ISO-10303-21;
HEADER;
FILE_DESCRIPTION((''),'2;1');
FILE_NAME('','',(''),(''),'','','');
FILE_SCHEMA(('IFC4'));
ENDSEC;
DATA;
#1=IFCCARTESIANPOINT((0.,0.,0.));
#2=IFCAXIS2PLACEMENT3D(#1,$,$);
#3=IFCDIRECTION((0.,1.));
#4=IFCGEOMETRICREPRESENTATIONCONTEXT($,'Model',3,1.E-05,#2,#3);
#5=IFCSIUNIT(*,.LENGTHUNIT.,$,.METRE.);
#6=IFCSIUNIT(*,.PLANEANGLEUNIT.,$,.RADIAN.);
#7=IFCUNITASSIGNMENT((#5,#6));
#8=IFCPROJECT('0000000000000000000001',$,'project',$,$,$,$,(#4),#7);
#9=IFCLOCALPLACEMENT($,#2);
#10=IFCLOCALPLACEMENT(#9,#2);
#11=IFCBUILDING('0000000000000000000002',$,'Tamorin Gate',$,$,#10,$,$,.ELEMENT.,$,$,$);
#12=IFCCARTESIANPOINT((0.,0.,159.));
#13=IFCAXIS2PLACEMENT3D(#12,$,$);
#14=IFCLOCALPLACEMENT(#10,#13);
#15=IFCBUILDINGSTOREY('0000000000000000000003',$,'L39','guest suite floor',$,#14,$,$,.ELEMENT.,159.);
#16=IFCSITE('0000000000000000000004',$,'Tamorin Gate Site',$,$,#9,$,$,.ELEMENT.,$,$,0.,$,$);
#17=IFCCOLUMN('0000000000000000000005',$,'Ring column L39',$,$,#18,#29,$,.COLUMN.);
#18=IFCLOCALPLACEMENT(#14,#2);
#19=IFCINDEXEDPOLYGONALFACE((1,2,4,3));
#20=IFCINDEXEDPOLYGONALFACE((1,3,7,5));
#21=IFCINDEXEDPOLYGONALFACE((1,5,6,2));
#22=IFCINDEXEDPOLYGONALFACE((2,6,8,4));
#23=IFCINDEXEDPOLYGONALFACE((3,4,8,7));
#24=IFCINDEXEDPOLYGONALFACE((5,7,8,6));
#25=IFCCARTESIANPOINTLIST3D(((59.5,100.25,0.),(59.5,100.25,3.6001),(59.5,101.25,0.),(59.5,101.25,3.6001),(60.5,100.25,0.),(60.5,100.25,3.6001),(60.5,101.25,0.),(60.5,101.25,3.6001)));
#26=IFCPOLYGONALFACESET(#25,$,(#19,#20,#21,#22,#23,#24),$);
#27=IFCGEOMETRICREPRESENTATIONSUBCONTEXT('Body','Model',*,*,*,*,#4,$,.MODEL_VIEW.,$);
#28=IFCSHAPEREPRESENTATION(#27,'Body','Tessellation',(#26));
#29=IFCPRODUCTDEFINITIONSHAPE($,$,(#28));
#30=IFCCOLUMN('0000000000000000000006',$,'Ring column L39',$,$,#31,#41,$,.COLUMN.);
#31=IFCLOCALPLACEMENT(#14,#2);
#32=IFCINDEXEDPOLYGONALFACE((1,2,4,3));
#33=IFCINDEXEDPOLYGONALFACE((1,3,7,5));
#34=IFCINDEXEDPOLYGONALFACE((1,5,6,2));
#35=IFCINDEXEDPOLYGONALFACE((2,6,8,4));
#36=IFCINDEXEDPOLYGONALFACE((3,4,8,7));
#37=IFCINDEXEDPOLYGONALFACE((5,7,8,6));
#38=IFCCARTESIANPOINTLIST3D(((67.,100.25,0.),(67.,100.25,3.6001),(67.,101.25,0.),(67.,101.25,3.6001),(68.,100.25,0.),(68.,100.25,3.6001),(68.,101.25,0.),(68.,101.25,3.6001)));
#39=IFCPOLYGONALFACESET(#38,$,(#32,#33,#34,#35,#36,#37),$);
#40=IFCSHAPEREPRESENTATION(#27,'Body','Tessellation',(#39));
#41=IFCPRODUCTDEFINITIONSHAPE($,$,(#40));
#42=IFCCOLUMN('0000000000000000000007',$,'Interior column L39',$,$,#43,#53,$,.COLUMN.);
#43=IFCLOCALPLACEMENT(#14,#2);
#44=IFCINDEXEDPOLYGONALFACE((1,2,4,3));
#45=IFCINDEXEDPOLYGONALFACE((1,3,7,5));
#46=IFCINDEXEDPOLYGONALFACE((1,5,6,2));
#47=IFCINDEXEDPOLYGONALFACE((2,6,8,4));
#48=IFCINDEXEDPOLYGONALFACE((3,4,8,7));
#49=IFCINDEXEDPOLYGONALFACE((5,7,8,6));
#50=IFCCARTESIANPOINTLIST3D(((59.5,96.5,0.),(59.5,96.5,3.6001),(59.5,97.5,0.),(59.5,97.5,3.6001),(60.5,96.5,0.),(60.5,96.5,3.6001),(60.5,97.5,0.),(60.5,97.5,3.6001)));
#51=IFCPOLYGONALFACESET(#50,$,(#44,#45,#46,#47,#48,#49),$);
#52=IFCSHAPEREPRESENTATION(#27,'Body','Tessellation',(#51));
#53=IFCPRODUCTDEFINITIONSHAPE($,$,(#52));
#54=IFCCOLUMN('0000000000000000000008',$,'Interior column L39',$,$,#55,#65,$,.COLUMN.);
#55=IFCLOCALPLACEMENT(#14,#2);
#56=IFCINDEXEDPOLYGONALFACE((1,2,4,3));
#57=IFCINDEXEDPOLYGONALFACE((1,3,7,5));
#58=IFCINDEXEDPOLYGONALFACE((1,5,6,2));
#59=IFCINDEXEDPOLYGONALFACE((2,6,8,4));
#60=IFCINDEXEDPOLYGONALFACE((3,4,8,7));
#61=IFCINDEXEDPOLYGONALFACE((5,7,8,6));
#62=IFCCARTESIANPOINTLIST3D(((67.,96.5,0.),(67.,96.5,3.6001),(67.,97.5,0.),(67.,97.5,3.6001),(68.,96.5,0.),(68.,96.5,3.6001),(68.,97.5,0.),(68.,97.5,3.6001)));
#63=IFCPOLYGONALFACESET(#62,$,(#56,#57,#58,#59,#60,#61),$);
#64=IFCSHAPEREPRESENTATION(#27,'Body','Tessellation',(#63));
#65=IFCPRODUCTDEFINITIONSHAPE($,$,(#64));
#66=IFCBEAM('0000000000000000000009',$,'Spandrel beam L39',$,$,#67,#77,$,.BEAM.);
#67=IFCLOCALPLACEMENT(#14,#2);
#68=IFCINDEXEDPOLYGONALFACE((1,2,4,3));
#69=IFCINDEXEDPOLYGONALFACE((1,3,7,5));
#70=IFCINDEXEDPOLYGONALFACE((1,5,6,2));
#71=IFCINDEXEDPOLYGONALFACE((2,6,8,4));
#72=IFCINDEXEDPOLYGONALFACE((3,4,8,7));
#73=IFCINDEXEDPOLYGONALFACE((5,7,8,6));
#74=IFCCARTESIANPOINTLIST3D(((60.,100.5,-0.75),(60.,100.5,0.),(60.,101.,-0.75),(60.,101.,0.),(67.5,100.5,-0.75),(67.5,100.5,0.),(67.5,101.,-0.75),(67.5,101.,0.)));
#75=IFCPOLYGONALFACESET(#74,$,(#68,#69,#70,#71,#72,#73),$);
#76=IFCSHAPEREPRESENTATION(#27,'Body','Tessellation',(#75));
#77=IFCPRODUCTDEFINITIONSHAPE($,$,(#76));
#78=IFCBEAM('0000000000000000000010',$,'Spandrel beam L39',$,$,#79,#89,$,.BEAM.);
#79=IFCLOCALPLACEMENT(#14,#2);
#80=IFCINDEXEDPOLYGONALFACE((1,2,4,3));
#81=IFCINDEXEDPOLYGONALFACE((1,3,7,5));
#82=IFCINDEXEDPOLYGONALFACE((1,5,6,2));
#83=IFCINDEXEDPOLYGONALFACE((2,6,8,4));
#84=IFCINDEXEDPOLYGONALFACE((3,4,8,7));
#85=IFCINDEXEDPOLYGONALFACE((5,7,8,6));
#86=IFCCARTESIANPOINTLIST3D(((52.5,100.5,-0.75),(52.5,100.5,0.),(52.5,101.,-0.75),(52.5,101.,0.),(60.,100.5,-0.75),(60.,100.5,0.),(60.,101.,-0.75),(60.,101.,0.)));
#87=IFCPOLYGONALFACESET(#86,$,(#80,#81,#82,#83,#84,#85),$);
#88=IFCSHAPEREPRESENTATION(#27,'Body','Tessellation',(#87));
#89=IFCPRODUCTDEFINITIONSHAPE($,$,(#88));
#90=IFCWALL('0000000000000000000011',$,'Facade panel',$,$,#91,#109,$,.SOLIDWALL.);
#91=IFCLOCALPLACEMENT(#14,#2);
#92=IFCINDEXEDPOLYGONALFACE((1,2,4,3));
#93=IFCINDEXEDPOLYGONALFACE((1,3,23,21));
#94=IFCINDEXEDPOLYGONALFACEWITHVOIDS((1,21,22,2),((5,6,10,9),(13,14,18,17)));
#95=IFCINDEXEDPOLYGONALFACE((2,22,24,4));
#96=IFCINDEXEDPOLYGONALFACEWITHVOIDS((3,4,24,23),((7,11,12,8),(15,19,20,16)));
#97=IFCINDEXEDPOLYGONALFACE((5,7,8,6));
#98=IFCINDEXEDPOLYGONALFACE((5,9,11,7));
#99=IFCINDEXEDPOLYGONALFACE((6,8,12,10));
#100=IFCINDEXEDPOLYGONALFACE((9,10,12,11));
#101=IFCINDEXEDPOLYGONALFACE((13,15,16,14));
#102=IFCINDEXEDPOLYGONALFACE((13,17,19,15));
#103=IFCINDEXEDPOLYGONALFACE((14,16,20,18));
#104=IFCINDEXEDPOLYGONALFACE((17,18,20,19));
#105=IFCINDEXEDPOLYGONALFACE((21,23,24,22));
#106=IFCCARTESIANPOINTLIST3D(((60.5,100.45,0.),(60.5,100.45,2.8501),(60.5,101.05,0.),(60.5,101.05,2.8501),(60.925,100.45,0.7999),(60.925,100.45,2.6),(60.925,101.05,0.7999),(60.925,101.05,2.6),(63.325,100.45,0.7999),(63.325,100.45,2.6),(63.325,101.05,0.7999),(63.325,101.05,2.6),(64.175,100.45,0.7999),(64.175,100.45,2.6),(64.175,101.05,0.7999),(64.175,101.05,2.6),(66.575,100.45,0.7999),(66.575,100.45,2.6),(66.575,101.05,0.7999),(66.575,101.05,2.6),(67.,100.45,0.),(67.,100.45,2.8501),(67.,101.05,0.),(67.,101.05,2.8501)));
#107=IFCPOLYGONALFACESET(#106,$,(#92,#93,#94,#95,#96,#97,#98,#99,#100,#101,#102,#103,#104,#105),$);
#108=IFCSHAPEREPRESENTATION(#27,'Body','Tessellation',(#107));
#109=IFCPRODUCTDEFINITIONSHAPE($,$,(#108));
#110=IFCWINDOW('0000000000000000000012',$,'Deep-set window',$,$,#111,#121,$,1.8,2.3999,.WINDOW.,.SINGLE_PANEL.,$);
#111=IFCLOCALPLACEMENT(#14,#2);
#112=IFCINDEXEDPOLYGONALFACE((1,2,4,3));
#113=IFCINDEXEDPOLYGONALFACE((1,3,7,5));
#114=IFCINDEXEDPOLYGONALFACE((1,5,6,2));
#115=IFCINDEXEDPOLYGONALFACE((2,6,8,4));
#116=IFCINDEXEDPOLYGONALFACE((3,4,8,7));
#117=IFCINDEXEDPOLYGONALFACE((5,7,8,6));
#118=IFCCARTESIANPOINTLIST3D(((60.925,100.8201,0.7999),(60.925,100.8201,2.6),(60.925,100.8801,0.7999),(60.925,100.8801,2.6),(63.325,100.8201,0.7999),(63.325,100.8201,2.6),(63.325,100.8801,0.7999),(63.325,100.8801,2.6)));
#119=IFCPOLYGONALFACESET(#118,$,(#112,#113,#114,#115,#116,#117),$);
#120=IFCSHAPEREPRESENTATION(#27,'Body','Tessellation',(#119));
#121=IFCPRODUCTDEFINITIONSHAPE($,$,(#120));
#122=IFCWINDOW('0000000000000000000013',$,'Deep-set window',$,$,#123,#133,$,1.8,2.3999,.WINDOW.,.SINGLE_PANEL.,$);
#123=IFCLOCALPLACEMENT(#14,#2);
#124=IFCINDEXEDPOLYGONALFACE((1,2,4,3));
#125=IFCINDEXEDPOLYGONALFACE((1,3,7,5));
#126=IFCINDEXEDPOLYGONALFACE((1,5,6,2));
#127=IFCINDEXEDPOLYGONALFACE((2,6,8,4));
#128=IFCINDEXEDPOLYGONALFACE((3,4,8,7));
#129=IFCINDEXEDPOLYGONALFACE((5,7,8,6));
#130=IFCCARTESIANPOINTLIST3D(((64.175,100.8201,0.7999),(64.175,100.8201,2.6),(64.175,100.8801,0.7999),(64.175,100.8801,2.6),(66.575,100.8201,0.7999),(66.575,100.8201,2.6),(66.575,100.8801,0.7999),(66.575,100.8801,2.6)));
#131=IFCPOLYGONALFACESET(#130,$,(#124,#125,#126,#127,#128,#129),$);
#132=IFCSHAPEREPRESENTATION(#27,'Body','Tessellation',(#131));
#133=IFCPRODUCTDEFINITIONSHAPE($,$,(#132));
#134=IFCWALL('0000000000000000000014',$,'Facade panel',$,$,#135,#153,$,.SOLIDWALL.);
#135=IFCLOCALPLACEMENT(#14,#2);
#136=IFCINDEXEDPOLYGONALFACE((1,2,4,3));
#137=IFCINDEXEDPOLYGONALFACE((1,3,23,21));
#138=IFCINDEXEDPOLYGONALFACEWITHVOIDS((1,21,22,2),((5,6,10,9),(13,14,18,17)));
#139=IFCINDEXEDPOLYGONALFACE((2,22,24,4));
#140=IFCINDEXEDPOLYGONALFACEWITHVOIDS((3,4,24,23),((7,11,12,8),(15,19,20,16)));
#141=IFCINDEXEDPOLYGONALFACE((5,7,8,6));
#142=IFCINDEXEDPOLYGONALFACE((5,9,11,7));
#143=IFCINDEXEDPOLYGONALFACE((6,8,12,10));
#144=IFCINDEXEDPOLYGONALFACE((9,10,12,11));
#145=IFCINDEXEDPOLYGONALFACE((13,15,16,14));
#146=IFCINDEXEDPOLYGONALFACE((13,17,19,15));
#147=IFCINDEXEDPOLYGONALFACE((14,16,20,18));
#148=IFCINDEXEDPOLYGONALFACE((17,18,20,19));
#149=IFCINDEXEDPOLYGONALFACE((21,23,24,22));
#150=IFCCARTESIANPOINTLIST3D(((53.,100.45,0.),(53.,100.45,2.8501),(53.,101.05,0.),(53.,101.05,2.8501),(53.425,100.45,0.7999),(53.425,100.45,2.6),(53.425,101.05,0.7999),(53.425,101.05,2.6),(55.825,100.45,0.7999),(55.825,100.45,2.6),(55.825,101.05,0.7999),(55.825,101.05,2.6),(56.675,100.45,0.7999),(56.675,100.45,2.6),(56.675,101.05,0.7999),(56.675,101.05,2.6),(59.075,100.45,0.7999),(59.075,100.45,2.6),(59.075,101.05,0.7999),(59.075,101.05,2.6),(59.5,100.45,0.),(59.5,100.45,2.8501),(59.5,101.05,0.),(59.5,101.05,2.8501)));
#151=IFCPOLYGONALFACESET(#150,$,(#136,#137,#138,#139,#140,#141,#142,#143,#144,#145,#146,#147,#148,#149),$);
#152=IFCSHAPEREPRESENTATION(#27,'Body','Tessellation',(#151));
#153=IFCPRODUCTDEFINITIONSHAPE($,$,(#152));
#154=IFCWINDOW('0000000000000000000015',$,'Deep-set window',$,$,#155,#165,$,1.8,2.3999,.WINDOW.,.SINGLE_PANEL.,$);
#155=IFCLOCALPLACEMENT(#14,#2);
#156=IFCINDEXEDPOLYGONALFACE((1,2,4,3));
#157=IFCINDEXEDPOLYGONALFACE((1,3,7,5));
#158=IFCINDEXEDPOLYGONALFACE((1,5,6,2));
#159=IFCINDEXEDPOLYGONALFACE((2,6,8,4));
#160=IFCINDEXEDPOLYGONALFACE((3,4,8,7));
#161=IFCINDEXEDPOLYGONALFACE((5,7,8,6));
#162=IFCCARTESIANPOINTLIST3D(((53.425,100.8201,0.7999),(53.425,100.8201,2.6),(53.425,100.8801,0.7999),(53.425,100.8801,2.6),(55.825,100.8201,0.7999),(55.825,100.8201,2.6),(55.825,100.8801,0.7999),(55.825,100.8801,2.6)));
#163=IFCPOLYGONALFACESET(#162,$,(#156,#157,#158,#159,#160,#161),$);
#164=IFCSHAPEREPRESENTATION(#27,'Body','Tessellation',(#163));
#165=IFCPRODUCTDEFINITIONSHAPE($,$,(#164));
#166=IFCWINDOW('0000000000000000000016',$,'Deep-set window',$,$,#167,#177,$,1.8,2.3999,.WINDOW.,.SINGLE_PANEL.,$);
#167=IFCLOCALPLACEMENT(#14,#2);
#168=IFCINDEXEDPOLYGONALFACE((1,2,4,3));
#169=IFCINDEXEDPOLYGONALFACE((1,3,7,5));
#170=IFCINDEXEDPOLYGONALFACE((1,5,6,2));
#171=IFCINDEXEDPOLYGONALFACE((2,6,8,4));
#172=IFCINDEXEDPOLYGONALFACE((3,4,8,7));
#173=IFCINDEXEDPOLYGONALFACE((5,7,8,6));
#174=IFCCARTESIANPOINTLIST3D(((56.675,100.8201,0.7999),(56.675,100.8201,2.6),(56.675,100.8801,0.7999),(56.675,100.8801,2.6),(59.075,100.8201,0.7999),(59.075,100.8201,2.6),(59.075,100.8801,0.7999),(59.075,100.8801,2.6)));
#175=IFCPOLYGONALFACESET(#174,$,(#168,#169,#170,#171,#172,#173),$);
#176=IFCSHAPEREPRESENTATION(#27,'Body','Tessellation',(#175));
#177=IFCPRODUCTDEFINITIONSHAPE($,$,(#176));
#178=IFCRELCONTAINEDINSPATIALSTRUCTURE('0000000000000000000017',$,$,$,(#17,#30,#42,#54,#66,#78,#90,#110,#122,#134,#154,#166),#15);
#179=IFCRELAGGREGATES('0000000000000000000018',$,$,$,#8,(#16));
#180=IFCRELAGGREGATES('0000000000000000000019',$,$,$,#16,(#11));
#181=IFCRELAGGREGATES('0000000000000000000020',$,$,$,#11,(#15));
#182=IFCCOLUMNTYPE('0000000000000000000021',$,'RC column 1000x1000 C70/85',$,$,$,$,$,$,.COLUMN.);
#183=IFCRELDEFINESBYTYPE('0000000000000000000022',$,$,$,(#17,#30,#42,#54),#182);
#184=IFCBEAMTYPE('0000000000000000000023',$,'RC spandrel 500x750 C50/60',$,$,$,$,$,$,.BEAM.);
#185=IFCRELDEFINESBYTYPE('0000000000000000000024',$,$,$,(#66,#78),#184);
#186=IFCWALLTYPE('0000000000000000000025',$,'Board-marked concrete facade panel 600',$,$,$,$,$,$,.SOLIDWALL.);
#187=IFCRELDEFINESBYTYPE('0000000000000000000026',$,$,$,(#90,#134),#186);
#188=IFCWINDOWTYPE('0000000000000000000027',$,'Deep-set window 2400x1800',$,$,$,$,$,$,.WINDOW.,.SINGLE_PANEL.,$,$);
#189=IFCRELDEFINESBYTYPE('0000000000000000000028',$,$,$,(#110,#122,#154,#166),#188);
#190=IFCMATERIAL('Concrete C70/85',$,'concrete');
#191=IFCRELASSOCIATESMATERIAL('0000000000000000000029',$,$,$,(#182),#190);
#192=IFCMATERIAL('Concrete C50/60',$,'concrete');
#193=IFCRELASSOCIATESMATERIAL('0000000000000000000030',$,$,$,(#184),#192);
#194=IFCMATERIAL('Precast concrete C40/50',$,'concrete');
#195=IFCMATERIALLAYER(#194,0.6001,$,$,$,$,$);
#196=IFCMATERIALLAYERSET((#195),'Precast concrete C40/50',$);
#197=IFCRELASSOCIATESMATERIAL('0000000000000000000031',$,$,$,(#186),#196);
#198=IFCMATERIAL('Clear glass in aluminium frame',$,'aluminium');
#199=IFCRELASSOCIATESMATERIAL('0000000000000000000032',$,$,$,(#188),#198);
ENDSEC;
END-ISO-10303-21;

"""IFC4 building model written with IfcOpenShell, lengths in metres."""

from ifc_helpers import new_model, si_unit, direction, frame, frame_2d, origin, origin_2d, place, context, subcontext, project, spatial, rectangle, extrude, material, layer, layer_set, material_profile, profile_set, type_object, element, fill, save


model = new_model("IFC4")

# Units and contexts
model_context = context("Model", 3, precision=1e-05, world=origin(), true_north=direction((0.0, 1.0)))
body_context = subcontext(model_context, "Body", "Model", "MODEL_VIEW")
ifc_project = project(units=[si_unit("LENGTHUNIT", "METRE"), si_unit("PLANEANGLEUNIT", "RADIAN")], contexts=[model_context])

# Site, building, storey
site_placement = place(None, origin())
site = spatial("IfcSite", under=ifc_project, at=site_placement, Name="Tamorin Gate Site", CompositionType="ELEMENT", RefElevation=0.0)
building_placement = place(site_placement, origin())
building = spatial("IfcBuilding", under=site, at=building_placement, Name="Tamorin Gate", CompositionType="ELEMENT")
storey_placement = place(building_placement, frame((0.0, 0.0, 159.0)))
storey = spatial("IfcBuildingStorey", under=building, at=storey_placement, Name="L39", Description="guest suite floor", CompositionType="ELEMENT", Elevation=159.0)

# Columns
ifc_material_1 = material(Name="Concrete C70/85", Category="concrete")
ifc_material_profile_1 = material_profile(ifc_material_1, rectangle(XDim=1.0, YDim=1.0, at=origin_2d()), Name="RC 1000x1000")
ifc_profile_set_1 = profile_set([ifc_material_profile_1], Name="Concrete C70/85")
column_type = type_object("IfcColumnType", Name="RC column 1000x1000 C70/85", PredefinedType="COLUMN", material=ifc_profile_set_1)
for number, where, z_axis, x_axis, name in (
    (1, (60.0, 100.75, 0.0), (0.0, 0.0, 1.0), (1.0, 0.0, 0.0), "Ring column L39"),
    (2, (67.5, 100.75, 0.0), (0.0, 0.0, 1.0), (1.0, 0.0, 0.0), "Ring column L39"),
    (3, (60.0, 97.0, 0.0), (0.0, 0.0, 1.0), (1.0, 0.0, 0.0), "Interior column L39"),
    (4, (67.5, 97.0, 0.0), (0.0, 0.0, 1.0), (1.0, 0.0, 0.0), "Interior column L39"),
):
    element("IfcColumn", number, at=place(storey_placement, frame(where, z_axis=z_axis, x_axis=x_axis)), inside=storey, type_object=column_type, Name=name, PredefinedType="COLUMN", context=body_context, shape_type="SweptSolid", body=[
        extrude(rectangle(XDim=1.0, YDim=1.0, at=origin_2d()), origin(), (0.0, 0.0, 1.0), 3.6001),
    ])

# Beams
ifc_material_2 = material(Name="Concrete C50/60", Category="concrete")
ifc_material_profile_2 = material_profile(ifc_material_2, rectangle(XDim=0.5, YDim=0.75, at=origin_2d()), Name="RC 500x750")
ifc_profile_set_2 = profile_set([ifc_material_profile_2], Name="Concrete C50/60")
beam_type = type_object("IfcBeamType", Name="RC spandrel 500x750 C50/60", PredefinedType="BEAM", material=ifc_profile_set_2)
for number, where, z_axis, x_axis, name in (
    (5, (67.5, 100.75, -0.375), (-1.0, 0.0, 0.0), (0.0, -1.0, 0.0), "Spandrel beam L39"),
    (6, (60.0, 100.75, -0.375), (-1.0, 0.0, 0.0), (0.0, -1.0, 0.0), "Spandrel beam L39"),
):
    element("IfcBeam", number, at=place(storey_placement, frame(where, z_axis=z_axis, x_axis=x_axis)), inside=storey, type_object=beam_type, Name=name, PredefinedType="BEAM", context=body_context, shape_type="SweptSolid", body=[
        extrude(rectangle(XDim=0.5, YDim=0.75, at=origin_2d()), origin(), (0.0, 0.0, 1.0), 7.5),
    ])

# Walls, openings, windows
ifc_material_3 = material(Name="Precast concrete C40/50", Category="concrete")
ifc_layer_1 = layer(ifc_material_3, 0.6001)
ifc_layer_set_1 = layer_set([ifc_layer_1], Name="Precast concrete C40/50")
wall_type_1 = type_object("IfcWallType", Name="Board-marked concrete facade panel 600", PredefinedType="SOLIDWALL", material=ifc_layer_set_1)
wall_1_placement = place(storey_placement, frame((67.0, 100.75, 0.0), z_axis=(0.0, 0.0, 1.0), x_axis=(-1.0, 0.0, 0.0)))
wall_1 = element("IfcWall", 7, at=wall_1_placement, inside=storey, type_object=wall_type_1, Name="Facade panel", PredefinedType="SOLIDWALL", context=body_context, shape_type="SweptSolid", body=[
    extrude(rectangle(XDim=6.5, YDim=0.6001, at=frame_2d((3.25, 0.0))), origin(), (0.0, 0.0, 1.0), 2.8501),
])
opening_1_placement = place(wall_1_placement, frame((3.675, 0.0, 0.8)))
opening_1 = element("IfcOpeningElement", 8, at=opening_1_placement, cuts=wall_1, PredefinedType="OPENING", context=body_context, shape_type="SweptSolid", body=[
    extrude(rectangle(XDim=2.3999, YDim=1.8, at=frame_2d((1.2, 0.8999))), frame((0.0, 0.3101, 0.0), z_axis=(0.0, -1.0, 0.0), x_axis=(1.0, 0.0, 0.0)), (0.0, 0.0, 1.0), 0.6201),
])
opening_2_placement = place(wall_1_placement, frame((0.425, 0.0, 0.8)))
opening_2 = element("IfcOpeningElement", 9, at=opening_2_placement, cuts=wall_1, PredefinedType="OPENING", context=body_context, shape_type="SweptSolid", body=[
    extrude(rectangle(XDim=2.3999, YDim=1.8, at=frame_2d((1.2, 0.8999))), frame((0.0, 0.3101, 0.0), z_axis=(0.0, -1.0, 0.0), x_axis=(1.0, 0.0, 0.0)), (0.0, 0.0, 1.0), 0.6201),
])
ifc_material_4 = material(Name="Clear glass in aluminium frame", Category="aluminium")
window_type = type_object("IfcWindowType", Name="Deep-set window 2400x1800", PartitioningType="SINGLE_PANEL", PredefinedType="WINDOW", material=ifc_material_4)
window_1_placement = place(opening_1_placement, origin())
window_1 = element("IfcWindow", 10, at=window_1_placement, inside=storey, type_object=window_type, Name="Deep-set window", OverallHeight=1.8, OverallWidth=2.3999, PartitioningType="SINGLE_PANEL", PredefinedType="WINDOW", context=body_context, shape_type="SweptSolid", body=[
    extrude(rectangle(XDim=2.3999, YDim=1.8, at=frame_2d((1.2, 0.8999))), frame((0.0, -0.0701, 0.0), z_axis=(0.0, -1.0, 0.0), x_axis=(1.0, 0.0, 0.0)), (0.0, 0.0, 1.0), 0.0601),
])
fill(opening_1, window_1)
window_2_placement = place(opening_2_placement, origin())
window_2 = element("IfcWindow", 11, at=window_2_placement, inside=storey, type_object=window_type, Name="Deep-set window", OverallHeight=1.8, OverallWidth=2.3999, PartitioningType="SINGLE_PANEL", PredefinedType="WINDOW", context=body_context, shape_type="SweptSolid", body=[
    extrude(rectangle(XDim=2.3999, YDim=1.8, at=frame_2d((1.2, 0.8999))), frame((0.0, -0.0701, 0.0), z_axis=(0.0, -1.0, 0.0), x_axis=(1.0, 0.0, 0.0)), (0.0, 0.0, 1.0), 0.0601),
])
fill(opening_2, window_2)
wall_2_placement = place(storey_placement, frame((59.5, 100.75, 0.0), z_axis=(0.0, 0.0, 1.0), x_axis=(-1.0, 0.0, 0.0)))
wall_2 = element("IfcWall", 12, at=wall_2_placement, inside=storey, type_object=wall_type_1, Name="Facade panel", PredefinedType="SOLIDWALL", context=body_context, shape_type="SweptSolid", body=[
    extrude(rectangle(XDim=6.5, YDim=0.6001, at=frame_2d((3.25, 0.0))), origin(), (0.0, 0.0, 1.0), 2.8501),
])
opening_3_placement = place(wall_2_placement, frame((3.675, 0.0, 0.8)))
opening_3 = element("IfcOpeningElement", 13, at=opening_3_placement, cuts=wall_2, PredefinedType="OPENING", context=body_context, shape_type="SweptSolid", body=[
    extrude(rectangle(XDim=2.3999, YDim=1.8, at=frame_2d((1.2, 0.8999))), frame((0.0, 0.3101, 0.0), z_axis=(0.0, -1.0, 0.0), x_axis=(1.0, 0.0, 0.0)), (0.0, 0.0, 1.0), 0.6201),
])
opening_4_placement = place(wall_2_placement, frame((0.425, 0.0, 0.8)))
opening_4 = element("IfcOpeningElement", 14, at=opening_4_placement, cuts=wall_2, PredefinedType="OPENING", context=body_context, shape_type="SweptSolid", body=[
    extrude(rectangle(XDim=2.3999, YDim=1.8, at=frame_2d((1.2, 0.8999))), frame((0.0, 0.3101, 0.0), z_axis=(0.0, -1.0, 0.0), x_axis=(1.0, 0.0, 0.0)), (0.0, 0.0, 1.0), 0.6201),
])
window_3_placement = place(opening_3_placement, origin())
window_3 = element("IfcWindow", 15, at=window_3_placement, inside=storey, type_object=window_type, Name="Deep-set window", OverallHeight=1.8, OverallWidth=2.3999, PartitioningType="SINGLE_PANEL", PredefinedType="WINDOW", context=body_context, shape_type="SweptSolid", body=[
    extrude(rectangle(XDim=2.3999, YDim=1.8, at=frame_2d((1.2, 0.8999))), frame((0.0, -0.0701, 0.0), z_axis=(0.0, -1.0, 0.0), x_axis=(1.0, 0.0, 0.0)), (0.0, 0.0, 1.0), 0.0601),
])
fill(opening_3, window_3)
window_4_placement = place(opening_4_placement, origin())
window_4 = element("IfcWindow", 16, at=window_4_placement, inside=storey, type_object=window_type, Name="Deep-set window", OverallHeight=1.8, OverallWidth=2.3999, PartitioningType="SINGLE_PANEL", PredefinedType="WINDOW", context=body_context, shape_type="SweptSolid", body=[
    extrude(rectangle(XDim=2.3999, YDim=1.8, at=frame_2d((1.2, 0.8999))), frame((0.0, -0.0701, 0.0), z_axis=(0.0, -1.0, 0.0), x_axis=(1.0, 0.0, 0.0)), (0.0, 0.0, 1.0), 0.0601),
])
fill(opening_4, window_4)

save(model, "model.ifc")
